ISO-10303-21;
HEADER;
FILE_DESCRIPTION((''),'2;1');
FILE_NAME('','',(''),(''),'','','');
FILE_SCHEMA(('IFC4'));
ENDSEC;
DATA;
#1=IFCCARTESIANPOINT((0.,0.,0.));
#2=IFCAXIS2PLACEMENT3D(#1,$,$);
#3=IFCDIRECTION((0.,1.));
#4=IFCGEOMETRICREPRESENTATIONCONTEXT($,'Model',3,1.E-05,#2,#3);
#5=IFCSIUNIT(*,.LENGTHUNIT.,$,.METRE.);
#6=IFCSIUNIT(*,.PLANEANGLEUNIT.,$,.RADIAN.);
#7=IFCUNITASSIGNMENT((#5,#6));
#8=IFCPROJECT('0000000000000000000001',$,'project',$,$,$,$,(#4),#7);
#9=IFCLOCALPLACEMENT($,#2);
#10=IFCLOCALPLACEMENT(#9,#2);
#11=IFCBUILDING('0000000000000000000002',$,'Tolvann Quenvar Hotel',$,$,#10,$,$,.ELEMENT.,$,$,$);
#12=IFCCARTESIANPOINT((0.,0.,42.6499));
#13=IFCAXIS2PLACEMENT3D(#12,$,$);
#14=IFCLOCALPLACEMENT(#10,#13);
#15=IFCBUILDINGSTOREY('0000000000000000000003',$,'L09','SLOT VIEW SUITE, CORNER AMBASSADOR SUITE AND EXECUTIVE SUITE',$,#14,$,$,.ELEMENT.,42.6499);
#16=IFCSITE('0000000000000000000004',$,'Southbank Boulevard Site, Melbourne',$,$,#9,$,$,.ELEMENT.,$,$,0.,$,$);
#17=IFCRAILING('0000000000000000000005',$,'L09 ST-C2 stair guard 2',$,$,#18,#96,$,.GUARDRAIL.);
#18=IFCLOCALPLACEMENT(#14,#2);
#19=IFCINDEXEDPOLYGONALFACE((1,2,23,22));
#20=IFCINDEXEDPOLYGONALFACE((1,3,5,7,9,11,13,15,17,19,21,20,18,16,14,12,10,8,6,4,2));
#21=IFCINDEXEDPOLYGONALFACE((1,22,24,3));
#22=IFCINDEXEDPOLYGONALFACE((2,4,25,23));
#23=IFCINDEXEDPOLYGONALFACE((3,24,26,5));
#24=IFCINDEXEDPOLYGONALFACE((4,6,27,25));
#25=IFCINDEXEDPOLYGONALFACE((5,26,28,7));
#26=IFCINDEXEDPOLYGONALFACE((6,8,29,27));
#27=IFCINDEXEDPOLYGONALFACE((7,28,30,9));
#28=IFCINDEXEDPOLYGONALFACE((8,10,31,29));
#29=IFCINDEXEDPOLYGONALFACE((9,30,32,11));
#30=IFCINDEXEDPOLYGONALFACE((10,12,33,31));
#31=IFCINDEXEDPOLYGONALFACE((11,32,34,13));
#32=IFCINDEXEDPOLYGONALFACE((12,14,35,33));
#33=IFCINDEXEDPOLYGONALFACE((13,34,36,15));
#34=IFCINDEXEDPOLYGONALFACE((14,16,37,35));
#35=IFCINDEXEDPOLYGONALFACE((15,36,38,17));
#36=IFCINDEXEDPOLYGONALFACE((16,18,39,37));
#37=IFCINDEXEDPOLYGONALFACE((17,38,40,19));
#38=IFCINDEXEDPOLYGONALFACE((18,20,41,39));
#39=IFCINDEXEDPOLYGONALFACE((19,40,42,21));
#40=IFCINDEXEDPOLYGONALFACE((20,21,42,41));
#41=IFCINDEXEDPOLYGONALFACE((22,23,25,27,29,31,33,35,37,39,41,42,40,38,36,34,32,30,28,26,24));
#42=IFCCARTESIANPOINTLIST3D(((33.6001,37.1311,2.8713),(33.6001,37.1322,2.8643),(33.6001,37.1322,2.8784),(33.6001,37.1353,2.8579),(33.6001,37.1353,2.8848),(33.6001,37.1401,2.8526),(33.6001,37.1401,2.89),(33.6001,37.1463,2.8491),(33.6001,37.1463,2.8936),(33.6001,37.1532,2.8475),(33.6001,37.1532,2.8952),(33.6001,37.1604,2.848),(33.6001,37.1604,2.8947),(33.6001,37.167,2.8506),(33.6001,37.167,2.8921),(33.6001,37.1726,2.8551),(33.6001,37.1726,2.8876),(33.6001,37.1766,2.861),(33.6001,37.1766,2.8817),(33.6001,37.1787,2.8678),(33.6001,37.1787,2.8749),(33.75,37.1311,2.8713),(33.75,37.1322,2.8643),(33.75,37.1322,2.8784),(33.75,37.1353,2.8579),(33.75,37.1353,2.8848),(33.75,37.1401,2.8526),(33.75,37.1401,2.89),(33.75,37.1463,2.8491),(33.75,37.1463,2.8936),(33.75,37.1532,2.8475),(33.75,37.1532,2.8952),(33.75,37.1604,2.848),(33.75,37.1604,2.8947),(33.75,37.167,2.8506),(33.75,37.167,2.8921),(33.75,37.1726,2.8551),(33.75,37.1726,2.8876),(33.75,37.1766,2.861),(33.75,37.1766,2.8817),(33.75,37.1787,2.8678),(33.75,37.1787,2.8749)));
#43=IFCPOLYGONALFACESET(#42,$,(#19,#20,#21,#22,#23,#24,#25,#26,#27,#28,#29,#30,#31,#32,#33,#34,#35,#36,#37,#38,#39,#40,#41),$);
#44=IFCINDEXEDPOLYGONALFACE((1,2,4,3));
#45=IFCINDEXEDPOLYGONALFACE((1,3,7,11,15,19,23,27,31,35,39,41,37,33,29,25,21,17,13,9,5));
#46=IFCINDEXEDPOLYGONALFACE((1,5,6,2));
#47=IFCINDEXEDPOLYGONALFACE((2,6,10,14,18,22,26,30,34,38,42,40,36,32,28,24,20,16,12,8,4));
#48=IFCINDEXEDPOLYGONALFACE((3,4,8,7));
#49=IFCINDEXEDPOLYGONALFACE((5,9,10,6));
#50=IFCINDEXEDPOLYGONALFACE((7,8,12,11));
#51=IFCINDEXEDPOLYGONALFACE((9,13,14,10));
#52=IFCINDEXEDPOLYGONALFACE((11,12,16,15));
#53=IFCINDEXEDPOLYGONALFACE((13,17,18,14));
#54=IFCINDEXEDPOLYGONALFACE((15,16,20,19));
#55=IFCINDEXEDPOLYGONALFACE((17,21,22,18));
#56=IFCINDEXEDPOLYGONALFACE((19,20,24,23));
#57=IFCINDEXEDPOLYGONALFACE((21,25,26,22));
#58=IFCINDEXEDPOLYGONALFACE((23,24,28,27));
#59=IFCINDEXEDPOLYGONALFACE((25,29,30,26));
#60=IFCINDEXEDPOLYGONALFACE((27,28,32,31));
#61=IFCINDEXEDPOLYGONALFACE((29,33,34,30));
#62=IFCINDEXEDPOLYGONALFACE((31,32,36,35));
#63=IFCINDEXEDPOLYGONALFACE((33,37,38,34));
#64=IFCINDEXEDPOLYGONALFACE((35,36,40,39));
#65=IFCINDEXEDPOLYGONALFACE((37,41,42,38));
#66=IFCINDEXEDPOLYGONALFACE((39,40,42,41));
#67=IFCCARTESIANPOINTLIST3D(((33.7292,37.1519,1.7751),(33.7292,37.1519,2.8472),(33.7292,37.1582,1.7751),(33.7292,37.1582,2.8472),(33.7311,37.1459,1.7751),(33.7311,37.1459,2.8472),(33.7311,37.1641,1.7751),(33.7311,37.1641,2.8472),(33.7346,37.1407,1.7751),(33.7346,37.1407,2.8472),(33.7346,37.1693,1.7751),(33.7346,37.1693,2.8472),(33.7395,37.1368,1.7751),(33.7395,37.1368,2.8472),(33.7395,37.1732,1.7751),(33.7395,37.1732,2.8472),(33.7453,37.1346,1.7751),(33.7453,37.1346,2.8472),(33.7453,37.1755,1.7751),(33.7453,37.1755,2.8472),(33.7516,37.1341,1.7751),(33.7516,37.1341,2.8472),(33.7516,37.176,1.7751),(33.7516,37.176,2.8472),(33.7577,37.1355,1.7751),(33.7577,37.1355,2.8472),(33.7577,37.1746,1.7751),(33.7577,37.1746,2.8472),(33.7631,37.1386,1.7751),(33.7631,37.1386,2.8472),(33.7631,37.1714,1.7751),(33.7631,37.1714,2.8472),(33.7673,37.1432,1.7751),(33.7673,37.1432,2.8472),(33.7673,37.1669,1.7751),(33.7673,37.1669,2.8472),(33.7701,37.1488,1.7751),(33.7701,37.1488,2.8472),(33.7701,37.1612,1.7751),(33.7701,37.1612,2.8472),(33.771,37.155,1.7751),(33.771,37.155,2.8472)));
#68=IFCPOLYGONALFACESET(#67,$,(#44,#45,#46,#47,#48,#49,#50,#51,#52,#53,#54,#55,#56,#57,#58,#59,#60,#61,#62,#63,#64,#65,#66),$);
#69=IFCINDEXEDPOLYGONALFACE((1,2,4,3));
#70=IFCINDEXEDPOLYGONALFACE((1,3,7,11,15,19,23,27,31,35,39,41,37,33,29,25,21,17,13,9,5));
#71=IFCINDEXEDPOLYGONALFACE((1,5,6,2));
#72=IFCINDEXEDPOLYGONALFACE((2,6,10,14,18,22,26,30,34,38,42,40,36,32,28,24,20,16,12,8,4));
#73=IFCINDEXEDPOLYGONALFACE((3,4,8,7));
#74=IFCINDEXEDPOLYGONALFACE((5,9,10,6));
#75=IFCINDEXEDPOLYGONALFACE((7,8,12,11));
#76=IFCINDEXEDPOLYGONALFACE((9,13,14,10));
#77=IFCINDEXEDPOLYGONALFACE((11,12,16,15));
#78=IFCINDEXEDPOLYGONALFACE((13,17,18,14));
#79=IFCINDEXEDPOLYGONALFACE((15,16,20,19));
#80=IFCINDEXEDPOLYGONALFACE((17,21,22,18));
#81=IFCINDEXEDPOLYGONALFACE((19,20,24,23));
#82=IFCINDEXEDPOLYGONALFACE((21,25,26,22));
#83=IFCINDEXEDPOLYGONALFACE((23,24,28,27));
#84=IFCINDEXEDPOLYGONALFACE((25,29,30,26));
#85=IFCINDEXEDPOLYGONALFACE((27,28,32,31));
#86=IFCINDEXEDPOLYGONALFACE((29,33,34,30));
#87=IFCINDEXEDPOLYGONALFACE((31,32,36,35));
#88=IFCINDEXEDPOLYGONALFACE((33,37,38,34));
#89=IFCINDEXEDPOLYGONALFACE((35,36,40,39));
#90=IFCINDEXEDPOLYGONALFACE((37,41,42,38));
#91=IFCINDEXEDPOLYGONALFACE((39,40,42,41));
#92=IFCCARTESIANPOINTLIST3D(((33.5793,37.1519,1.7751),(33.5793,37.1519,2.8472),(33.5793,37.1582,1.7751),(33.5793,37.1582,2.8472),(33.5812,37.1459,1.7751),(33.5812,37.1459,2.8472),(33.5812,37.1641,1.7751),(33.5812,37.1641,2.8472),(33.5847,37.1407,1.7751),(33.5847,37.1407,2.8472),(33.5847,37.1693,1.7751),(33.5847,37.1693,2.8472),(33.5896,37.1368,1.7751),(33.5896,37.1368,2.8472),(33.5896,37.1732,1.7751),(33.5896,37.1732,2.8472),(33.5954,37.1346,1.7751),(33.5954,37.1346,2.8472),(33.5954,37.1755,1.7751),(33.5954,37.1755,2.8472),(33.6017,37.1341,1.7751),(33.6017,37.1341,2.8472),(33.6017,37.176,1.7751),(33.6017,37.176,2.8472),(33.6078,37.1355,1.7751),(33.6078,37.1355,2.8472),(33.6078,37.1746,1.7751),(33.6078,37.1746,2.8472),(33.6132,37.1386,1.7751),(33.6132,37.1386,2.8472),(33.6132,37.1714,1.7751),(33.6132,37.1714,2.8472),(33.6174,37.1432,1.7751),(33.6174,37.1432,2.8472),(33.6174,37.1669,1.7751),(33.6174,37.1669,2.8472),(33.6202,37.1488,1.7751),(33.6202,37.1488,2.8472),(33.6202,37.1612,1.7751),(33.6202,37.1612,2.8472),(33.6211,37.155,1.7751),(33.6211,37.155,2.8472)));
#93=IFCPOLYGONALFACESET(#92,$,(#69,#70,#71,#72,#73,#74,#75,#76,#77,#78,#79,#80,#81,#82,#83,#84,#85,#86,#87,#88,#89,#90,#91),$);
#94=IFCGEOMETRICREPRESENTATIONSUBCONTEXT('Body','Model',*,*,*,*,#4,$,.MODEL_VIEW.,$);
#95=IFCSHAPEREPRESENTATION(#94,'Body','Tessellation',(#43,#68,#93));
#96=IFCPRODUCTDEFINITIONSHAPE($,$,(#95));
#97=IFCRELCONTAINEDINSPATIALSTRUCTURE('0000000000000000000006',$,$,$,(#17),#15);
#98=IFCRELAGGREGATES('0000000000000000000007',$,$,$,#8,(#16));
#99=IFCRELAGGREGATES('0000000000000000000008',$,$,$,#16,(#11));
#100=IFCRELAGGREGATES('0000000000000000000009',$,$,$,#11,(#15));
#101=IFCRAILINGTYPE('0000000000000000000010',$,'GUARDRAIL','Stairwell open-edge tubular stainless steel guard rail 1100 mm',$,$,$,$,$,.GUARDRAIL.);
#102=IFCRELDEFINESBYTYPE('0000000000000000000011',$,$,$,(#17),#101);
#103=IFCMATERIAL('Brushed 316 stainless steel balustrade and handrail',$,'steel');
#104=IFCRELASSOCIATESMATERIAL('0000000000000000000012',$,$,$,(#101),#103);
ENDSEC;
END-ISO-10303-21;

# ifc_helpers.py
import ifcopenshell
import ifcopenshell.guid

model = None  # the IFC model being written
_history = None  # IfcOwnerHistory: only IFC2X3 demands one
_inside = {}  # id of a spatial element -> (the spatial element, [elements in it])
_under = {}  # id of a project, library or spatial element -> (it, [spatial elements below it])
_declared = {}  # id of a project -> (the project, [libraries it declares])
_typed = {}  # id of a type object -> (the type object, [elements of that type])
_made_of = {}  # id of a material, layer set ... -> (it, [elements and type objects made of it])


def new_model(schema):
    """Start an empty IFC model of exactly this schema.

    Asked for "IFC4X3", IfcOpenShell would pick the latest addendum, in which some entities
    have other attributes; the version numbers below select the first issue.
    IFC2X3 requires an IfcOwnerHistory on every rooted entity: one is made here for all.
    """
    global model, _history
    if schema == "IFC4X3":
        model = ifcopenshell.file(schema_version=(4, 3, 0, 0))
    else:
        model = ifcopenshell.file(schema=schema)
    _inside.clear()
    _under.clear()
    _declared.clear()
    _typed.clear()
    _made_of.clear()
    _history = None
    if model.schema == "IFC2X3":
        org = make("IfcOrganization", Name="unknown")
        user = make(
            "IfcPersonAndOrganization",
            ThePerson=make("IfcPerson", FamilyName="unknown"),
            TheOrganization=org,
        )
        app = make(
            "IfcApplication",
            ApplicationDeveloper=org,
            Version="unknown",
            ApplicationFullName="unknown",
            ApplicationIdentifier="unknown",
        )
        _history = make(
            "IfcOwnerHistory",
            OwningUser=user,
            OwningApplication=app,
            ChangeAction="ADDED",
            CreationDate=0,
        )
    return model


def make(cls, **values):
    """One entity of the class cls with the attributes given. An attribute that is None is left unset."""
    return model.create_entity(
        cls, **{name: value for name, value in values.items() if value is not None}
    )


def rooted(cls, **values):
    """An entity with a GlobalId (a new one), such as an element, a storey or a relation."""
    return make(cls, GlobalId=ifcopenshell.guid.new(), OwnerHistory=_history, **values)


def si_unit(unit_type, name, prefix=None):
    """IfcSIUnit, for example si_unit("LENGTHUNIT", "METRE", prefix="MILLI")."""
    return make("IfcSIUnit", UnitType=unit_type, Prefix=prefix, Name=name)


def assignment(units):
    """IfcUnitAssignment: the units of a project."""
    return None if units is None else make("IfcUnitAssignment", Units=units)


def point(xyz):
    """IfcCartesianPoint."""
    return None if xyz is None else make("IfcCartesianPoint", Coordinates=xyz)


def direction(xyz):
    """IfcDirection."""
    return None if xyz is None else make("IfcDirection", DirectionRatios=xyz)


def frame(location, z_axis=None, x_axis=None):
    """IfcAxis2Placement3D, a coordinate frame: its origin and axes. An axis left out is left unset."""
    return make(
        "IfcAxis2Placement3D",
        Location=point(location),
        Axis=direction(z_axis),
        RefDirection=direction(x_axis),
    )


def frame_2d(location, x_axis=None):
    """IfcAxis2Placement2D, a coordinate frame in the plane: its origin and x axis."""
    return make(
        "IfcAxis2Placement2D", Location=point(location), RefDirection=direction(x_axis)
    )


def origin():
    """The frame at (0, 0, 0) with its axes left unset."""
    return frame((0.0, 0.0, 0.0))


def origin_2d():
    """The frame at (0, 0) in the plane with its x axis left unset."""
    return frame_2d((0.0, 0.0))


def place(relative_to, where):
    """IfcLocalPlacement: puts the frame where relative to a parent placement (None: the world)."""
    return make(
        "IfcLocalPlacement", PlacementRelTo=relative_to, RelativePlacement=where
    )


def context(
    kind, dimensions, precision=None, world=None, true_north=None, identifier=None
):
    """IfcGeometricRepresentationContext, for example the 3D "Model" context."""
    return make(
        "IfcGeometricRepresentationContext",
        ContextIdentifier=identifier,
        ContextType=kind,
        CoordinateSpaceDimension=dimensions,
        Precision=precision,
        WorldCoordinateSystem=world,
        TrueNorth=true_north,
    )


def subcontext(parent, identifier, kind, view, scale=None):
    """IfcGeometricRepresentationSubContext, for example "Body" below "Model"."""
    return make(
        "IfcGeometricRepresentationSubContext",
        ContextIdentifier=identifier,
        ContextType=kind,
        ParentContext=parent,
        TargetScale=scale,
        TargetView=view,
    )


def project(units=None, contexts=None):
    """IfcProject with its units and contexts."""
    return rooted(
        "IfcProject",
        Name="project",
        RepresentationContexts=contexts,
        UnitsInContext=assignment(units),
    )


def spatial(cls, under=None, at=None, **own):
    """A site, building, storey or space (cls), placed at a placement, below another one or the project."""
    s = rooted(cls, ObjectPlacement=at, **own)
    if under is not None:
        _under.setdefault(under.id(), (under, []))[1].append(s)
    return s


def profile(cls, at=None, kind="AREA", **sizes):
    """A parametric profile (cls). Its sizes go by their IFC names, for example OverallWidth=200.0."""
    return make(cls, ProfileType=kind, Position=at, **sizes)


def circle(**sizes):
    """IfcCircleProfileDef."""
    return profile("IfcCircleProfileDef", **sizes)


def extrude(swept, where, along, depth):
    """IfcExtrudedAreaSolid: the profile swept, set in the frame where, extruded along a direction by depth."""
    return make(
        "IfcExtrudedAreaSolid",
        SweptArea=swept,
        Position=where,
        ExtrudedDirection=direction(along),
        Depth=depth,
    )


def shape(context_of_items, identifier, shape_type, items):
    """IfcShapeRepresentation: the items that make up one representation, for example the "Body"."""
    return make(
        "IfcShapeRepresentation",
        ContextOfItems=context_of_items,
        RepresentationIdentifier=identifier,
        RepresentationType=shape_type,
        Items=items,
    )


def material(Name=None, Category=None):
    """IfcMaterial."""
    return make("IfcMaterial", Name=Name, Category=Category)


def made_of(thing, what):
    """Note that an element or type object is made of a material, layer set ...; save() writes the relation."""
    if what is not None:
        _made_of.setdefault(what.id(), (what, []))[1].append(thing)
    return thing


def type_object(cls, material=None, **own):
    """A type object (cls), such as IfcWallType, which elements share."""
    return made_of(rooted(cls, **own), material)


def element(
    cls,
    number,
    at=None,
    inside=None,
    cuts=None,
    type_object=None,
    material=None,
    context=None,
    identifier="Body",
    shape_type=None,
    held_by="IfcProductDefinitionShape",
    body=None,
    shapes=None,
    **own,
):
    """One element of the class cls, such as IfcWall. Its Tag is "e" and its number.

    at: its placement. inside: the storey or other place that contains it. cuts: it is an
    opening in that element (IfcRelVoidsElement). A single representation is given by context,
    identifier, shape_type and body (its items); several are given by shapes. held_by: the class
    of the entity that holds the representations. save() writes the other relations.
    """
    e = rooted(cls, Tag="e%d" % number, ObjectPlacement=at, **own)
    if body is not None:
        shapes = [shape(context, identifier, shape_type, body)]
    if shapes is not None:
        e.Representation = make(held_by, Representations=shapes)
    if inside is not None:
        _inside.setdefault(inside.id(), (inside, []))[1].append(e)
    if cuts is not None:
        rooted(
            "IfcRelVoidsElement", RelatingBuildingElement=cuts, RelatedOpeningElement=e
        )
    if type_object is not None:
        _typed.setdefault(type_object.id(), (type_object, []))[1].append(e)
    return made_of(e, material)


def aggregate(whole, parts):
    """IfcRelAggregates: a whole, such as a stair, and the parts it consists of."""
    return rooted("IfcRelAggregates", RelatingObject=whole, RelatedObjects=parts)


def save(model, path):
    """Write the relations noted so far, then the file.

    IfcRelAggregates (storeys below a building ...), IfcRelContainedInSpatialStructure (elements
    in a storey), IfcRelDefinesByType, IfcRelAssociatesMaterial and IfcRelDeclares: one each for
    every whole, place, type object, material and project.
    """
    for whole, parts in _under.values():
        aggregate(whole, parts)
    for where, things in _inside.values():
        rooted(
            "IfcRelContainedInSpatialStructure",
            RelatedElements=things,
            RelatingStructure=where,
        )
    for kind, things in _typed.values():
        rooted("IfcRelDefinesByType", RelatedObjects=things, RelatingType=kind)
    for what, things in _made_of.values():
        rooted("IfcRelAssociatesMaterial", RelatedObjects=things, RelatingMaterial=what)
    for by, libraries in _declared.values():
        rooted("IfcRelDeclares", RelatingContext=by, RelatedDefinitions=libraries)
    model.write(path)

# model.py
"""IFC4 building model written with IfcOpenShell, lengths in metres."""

from ifc_helpers import new_model, si_unit, direction, frame, origin, origin_2d, place, context, subcontext, project, spatial, circle, extrude, material, type_object, element, save


model = new_model("IFC4")

# Units and contexts
model_context = context("Model", 3, precision=1e-05, world=origin(), true_north=direction((0.0, 1.0)))
body_context = subcontext(model_context, "Body", "Model", "MODEL_VIEW")
ifc_project = project(units=[si_unit("LENGTHUNIT", "METRE"), si_unit("PLANEANGLEUNIT", "RADIAN")], contexts=[model_context])

# Site, building, storey
site_placement = place(None, origin())
site = spatial("IfcSite", under=ifc_project, at=site_placement, Name="Southbank Boulevard Site, Melbourne", CompositionType="ELEMENT", RefElevation=0.0)
building_placement = place(site_placement, origin())
building = spatial("IfcBuilding", under=site, at=building_placement, Name="Tolvann Quenvar Hotel", CompositionType="ELEMENT")
storey_placement = place(building_placement, frame((0.0, 0.0, 42.6499)))
storey = spatial("IfcBuildingStorey", under=building, at=storey_placement, Name="L09", Description="SLOT VIEW SUITE, CORNER AMBASSADOR SUITE AND EXECUTIVE SUITE", CompositionType="ELEMENT", Elevation=42.6499)

# Railing
ifc_material_1 = material(Name="Brushed 316 stainless steel balustrade and handrail", Category="steel")
railing_type_1 = type_object("IfcRailingType", Name="GUARDRAIL", Description="Stairwell open-edge tubular stainless steel guard rail 1100 mm", PredefinedType="GUARDRAIL", material=ifc_material_1)
railing_1_placement = place(storey_placement, frame((33.75, 37.155, 1.7751)))
element("IfcRailing", 1, at=railing_1_placement, inside=storey, type_object=railing_type_1, Name="L09 ST-C2 stair guard 2", PredefinedType="GUARDRAIL", context=body_context, shape_type="SweptSolid", body=[
    extrude(circle(Radius=0.0239, at=origin_2d()), frame((0.0, 0.0, 1.0962), z_axis=(-1.0, 0.0, 0.0), x_axis=(0.0, -1.0, 0.0)), (0.0, 0.0, 1.0), 0.1499),
    extrude(circle(Radius=0.021, at=origin_2d()), origin(), (0.0, 0.0, 1.0), 1.072),
    extrude(circle(Radius=0.021, at=origin_2d()), frame((-0.1499, 0.0, 0.0)), (0.0, 0.0, 1.0), 1.072),
])

save(model, "model.ifc")
